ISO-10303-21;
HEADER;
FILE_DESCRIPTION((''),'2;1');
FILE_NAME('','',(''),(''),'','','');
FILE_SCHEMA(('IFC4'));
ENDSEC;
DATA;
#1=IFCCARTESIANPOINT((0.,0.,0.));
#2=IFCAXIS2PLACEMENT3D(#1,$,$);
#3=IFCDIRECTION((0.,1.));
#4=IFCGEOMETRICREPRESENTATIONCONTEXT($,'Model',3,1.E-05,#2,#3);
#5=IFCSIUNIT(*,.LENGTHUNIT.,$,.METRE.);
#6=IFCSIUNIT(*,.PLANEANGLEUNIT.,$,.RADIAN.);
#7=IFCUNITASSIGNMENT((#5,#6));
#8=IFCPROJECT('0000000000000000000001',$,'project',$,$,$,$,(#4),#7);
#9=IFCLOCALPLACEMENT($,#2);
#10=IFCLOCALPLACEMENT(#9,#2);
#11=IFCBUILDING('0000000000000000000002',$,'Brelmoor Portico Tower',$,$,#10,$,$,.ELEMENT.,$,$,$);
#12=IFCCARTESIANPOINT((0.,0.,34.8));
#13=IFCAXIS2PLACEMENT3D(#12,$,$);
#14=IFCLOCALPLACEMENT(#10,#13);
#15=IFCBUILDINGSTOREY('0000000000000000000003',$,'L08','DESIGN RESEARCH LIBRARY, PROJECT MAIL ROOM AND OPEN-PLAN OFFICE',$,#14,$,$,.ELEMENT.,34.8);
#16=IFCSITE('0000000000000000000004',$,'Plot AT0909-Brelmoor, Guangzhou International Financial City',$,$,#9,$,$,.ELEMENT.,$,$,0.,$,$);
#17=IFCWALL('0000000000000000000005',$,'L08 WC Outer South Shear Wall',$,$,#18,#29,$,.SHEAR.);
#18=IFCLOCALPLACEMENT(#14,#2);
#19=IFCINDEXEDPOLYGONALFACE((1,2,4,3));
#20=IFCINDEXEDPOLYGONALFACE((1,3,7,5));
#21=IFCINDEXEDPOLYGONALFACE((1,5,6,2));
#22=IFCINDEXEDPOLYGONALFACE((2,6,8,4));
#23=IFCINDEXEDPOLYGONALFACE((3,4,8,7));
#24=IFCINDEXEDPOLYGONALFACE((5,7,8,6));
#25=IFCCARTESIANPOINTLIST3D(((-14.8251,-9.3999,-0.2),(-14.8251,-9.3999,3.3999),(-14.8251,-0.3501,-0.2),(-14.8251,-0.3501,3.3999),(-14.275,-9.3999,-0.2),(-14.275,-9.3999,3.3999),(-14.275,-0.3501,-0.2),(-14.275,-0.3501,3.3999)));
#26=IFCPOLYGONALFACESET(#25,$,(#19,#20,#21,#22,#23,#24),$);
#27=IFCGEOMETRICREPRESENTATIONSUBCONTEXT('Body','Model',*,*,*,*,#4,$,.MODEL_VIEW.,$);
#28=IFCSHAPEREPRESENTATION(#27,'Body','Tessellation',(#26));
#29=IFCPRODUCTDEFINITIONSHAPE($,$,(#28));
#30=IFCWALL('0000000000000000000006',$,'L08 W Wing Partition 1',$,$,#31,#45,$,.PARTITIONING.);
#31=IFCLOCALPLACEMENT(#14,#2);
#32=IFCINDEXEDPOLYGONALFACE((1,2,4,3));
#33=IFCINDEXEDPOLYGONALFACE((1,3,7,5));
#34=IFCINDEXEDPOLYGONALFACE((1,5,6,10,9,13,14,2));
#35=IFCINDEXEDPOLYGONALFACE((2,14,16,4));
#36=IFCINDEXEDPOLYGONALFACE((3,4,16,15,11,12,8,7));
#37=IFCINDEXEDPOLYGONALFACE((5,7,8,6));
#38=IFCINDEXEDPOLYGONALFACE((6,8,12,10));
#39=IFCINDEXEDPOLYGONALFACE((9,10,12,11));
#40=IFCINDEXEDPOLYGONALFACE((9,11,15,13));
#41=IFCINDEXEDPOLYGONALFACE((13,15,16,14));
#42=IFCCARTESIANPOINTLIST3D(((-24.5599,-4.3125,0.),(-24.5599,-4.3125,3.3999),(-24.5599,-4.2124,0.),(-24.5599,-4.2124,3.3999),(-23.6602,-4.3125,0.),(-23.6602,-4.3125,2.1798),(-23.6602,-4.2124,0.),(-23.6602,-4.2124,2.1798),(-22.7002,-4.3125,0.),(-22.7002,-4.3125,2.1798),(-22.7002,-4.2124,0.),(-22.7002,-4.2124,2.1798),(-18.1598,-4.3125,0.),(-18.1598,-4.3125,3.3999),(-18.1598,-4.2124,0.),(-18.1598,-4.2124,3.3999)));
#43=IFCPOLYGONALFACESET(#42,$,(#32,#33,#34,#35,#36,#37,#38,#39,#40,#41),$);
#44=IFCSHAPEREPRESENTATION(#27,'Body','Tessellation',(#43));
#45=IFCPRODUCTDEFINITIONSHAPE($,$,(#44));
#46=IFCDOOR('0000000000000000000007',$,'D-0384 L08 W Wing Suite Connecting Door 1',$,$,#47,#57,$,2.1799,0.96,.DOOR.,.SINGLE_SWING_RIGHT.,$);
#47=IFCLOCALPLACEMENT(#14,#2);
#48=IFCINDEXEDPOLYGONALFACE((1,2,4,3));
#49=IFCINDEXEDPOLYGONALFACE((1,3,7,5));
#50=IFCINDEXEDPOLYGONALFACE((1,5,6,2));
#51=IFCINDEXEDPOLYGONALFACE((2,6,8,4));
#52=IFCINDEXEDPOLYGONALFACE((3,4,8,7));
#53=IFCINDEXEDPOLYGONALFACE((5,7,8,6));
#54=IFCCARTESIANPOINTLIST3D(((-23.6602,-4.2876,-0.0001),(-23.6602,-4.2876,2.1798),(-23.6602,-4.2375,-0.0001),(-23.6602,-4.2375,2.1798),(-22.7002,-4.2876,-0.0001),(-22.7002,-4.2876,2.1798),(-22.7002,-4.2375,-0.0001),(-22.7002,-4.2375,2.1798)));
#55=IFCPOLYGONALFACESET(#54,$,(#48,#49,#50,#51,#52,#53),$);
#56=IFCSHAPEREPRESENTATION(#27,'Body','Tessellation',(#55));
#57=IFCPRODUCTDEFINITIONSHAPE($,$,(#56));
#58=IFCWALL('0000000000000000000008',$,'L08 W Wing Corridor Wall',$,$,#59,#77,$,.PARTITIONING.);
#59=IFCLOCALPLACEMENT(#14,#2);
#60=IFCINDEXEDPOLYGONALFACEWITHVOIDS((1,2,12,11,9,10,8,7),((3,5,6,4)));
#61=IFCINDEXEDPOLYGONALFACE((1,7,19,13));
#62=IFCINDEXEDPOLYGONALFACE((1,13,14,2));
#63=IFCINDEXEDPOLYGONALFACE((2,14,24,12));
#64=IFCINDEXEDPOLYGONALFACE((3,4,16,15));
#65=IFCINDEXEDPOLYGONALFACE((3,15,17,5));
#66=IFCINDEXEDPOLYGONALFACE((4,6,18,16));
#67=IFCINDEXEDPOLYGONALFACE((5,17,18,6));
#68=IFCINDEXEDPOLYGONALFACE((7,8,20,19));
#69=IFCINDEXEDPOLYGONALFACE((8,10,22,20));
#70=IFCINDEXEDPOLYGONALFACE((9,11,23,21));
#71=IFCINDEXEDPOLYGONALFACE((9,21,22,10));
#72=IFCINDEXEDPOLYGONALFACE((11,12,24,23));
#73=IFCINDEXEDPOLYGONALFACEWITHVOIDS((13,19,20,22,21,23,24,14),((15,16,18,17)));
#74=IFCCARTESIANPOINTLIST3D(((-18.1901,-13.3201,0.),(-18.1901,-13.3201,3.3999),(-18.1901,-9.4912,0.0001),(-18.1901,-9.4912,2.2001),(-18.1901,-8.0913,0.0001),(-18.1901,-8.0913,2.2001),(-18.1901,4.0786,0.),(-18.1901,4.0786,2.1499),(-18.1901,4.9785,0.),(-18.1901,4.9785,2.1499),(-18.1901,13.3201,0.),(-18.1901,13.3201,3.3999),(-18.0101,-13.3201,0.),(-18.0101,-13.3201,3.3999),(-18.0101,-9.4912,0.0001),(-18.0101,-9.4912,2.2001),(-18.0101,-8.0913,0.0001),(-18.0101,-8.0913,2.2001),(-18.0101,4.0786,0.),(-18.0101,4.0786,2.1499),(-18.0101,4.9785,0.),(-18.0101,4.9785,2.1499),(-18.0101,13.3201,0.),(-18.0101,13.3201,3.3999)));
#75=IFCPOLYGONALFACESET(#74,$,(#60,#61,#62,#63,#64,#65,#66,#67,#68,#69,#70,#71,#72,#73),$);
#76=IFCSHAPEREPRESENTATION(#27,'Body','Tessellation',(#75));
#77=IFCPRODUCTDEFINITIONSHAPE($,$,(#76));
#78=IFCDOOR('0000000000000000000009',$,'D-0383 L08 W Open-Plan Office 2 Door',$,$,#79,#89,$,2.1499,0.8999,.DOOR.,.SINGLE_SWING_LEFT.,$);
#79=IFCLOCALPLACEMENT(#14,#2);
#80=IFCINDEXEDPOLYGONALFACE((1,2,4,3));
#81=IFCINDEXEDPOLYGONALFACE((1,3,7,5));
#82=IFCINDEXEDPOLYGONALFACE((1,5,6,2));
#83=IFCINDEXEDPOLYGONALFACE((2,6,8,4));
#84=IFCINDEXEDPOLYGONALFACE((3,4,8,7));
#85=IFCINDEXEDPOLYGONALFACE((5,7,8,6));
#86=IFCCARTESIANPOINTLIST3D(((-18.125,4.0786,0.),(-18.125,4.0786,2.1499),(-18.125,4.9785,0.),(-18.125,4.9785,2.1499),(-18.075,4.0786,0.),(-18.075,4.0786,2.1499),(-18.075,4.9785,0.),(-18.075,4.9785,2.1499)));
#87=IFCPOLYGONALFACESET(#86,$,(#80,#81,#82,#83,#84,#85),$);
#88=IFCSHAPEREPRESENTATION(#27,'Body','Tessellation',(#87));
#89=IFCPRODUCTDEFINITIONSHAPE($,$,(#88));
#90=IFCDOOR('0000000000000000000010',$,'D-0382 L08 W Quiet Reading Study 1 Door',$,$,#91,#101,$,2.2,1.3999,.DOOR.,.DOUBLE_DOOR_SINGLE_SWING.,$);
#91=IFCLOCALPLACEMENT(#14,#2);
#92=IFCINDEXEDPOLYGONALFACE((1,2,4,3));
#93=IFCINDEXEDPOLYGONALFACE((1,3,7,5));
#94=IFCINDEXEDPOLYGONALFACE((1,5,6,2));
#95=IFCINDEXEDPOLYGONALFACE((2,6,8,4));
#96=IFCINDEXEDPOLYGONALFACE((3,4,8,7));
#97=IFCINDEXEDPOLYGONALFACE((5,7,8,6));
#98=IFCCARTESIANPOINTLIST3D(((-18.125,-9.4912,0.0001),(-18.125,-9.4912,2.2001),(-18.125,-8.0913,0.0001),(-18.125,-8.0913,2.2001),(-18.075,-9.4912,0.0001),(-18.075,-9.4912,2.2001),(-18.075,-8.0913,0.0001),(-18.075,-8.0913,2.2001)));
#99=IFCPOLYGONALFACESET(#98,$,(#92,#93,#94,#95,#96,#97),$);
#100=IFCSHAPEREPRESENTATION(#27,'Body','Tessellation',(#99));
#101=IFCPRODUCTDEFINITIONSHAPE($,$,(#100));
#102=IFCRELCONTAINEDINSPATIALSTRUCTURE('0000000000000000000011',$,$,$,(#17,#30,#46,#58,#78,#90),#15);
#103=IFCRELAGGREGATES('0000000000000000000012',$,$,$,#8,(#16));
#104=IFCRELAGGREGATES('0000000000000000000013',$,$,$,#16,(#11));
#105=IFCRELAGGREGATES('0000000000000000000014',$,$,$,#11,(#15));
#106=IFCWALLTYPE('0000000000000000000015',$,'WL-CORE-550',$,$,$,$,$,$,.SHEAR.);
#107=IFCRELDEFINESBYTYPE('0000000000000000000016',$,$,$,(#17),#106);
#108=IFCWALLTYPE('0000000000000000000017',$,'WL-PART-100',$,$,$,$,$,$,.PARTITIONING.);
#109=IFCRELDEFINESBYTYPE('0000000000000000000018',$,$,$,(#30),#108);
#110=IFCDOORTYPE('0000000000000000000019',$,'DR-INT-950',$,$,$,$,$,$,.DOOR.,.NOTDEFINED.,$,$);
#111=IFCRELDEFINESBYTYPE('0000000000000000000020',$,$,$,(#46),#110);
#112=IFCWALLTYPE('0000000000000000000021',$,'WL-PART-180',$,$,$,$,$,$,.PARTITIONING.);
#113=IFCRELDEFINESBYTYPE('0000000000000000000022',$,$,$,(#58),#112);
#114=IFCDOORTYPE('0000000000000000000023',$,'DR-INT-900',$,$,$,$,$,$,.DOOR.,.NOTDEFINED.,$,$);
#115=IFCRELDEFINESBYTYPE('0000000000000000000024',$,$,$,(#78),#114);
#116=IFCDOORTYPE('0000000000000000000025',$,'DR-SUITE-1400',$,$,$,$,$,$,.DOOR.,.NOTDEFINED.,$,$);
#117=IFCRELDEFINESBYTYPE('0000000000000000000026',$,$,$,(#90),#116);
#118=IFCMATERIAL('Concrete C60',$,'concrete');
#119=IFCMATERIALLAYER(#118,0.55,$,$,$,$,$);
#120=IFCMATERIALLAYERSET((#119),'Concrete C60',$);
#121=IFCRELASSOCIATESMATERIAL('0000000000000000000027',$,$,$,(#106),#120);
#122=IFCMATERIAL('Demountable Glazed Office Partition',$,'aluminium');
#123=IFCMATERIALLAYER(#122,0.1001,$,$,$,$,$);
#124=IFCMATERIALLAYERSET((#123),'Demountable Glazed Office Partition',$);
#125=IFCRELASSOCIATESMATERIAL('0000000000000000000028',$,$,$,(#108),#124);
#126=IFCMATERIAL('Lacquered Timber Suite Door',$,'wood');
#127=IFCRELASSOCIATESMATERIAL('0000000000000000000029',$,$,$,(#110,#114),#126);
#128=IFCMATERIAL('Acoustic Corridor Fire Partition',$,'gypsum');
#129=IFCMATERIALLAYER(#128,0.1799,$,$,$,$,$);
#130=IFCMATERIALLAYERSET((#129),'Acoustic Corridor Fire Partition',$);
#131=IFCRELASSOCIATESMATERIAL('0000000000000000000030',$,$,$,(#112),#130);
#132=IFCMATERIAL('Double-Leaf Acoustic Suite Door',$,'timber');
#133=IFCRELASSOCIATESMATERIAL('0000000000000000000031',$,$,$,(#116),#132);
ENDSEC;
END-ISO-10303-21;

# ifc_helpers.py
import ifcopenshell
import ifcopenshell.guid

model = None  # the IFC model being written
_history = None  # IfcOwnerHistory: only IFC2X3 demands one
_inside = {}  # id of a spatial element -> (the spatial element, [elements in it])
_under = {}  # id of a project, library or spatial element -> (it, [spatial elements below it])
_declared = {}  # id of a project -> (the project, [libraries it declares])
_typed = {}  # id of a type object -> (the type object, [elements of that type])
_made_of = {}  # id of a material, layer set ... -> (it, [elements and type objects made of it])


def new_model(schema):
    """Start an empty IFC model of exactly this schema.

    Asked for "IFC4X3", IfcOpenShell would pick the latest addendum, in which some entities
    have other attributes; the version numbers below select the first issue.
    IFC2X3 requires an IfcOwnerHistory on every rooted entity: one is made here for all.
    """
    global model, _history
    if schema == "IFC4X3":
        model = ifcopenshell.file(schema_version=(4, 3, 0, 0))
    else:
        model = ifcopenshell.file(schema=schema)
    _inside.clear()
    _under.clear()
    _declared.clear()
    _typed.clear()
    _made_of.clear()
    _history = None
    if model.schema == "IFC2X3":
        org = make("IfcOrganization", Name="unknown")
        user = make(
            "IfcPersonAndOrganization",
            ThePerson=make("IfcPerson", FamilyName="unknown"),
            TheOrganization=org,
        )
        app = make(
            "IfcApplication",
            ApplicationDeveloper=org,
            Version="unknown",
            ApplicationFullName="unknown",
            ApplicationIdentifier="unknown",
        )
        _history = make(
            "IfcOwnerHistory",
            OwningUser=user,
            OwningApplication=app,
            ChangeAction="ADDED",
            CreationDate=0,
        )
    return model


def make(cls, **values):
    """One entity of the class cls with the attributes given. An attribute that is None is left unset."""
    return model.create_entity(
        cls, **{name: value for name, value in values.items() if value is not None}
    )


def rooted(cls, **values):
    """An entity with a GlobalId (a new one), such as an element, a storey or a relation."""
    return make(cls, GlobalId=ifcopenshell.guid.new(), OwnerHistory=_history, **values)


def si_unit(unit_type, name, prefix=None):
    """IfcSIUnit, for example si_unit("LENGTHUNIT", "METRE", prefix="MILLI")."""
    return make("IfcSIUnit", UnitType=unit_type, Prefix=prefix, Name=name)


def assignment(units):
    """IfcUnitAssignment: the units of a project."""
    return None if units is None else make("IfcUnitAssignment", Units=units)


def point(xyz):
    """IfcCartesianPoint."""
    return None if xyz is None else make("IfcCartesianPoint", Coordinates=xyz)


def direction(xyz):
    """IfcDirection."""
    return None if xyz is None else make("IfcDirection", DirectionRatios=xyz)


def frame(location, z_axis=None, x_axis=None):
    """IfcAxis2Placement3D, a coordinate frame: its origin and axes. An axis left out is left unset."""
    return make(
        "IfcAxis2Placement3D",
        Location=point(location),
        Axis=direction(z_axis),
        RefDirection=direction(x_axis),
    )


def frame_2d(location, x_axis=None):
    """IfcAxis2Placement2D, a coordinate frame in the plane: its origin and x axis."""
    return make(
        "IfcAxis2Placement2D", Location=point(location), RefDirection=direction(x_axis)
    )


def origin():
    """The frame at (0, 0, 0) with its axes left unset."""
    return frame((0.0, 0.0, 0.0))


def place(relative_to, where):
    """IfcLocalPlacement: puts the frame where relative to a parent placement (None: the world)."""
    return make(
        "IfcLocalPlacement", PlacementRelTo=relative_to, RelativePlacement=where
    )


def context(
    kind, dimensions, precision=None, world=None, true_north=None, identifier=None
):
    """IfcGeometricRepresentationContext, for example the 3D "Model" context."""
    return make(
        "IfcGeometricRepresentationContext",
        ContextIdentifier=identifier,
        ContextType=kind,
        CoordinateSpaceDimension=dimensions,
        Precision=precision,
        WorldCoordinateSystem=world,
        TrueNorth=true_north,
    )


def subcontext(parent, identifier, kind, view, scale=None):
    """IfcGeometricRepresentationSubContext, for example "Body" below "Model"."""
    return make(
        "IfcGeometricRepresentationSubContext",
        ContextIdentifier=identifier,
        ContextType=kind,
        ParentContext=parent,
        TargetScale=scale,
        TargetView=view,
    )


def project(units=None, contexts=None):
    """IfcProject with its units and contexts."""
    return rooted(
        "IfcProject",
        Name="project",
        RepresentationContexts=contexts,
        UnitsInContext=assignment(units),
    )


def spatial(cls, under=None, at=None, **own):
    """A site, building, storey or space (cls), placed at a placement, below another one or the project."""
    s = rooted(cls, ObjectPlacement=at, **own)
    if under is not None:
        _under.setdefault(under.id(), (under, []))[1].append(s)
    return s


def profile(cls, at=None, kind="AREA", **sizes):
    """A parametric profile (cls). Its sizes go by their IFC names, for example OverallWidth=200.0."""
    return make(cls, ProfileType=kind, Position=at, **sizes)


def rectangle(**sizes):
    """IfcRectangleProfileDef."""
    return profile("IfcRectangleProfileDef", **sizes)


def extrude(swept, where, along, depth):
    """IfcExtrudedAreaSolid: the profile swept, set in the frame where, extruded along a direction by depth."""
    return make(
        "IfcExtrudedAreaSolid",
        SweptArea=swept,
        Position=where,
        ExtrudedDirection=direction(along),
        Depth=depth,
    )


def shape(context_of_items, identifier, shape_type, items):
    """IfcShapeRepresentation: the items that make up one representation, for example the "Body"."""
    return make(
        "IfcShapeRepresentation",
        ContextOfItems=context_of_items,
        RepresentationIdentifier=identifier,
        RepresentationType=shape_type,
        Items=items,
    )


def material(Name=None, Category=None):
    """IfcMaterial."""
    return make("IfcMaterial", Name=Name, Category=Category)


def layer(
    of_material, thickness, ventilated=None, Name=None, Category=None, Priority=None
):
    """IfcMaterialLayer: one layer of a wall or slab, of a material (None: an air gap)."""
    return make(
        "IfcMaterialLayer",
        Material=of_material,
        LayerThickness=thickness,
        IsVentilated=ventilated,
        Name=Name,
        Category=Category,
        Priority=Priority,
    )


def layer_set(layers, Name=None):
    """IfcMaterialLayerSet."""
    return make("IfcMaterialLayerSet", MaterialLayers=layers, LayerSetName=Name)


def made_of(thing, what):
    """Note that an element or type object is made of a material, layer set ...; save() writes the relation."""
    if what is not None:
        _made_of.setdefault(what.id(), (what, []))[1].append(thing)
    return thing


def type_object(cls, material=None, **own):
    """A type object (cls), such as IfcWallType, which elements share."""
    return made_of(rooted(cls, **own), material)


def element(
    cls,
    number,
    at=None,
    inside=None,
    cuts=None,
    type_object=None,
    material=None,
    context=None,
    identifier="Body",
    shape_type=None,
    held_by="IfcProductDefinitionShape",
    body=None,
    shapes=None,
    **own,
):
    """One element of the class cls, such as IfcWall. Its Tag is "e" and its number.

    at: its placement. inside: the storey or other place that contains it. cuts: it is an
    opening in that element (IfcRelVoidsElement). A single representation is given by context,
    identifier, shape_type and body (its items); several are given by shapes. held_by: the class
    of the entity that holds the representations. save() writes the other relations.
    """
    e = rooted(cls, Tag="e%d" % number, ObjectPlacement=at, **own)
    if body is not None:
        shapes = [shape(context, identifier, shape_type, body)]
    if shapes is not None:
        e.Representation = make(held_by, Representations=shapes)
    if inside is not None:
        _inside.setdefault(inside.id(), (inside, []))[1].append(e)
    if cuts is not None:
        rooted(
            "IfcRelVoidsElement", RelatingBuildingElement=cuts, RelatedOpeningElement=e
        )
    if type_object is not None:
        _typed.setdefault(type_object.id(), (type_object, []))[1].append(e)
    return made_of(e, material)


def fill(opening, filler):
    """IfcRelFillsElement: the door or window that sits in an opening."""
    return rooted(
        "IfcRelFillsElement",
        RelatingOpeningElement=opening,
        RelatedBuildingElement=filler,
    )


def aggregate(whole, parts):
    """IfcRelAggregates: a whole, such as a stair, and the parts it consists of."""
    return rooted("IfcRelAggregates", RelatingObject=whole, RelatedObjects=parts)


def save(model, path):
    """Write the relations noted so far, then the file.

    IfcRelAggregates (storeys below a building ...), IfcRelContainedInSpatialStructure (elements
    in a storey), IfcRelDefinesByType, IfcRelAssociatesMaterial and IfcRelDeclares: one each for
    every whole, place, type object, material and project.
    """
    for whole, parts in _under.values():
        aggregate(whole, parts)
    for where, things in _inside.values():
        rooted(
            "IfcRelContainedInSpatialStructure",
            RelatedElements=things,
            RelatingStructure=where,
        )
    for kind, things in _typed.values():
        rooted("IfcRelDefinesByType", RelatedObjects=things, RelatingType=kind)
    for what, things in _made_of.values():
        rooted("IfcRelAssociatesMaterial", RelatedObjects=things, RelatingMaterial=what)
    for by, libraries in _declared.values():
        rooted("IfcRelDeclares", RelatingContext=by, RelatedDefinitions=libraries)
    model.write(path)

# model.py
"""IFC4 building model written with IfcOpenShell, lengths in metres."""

from ifc_helpers import new_model, si_unit, direction, frame, frame_2d, origin, place, context, subcontext, project, spatial, rectangle, extrude, material, layer, layer_set, type_object, element, fill, save


model = new_model("IFC4")

# Units and contexts
model_context = context("Model", 3, precision=1e-05, world=origin(), true_north=direction((0.0, 1.0)))
body_context = subcontext(model_context, "Body", "Model", "MODEL_VIEW")
ifc_project = project(units=[si_unit("LENGTHUNIT", "METRE"), si_unit("PLANEANGLEUNIT", "RADIAN")], contexts=[model_context])

# Site, building, storey
site_placement = place(None, origin())
site = spatial("IfcSite", under=ifc_project, at=site_placement, Name="Plot AT0909-Brelmoor, Guangzhou International Financial City", CompositionType="ELEMENT", RefElevation=0.0)
building_placement = place(site_placement, origin())
building = spatial("IfcBuilding", under=site, at=building_placement, Name="Brelmoor Portico Tower", CompositionType="ELEMENT")
storey_placement = place(building_placement, frame((0.0, 0.0, 34.8)))
storey = spatial("IfcBuildingStorey", under=building, at=storey_placement, Name="L08", Description="DESIGN RESEARCH LIBRARY, PROJECT MAIL ROOM AND OPEN-PLAN OFFICE", CompositionType="ELEMENT", Elevation=34.8)

# Wall
ifc_material_1 = material(Name="Concrete C60", Category="concrete")
ifc_layer_1 = layer(ifc_material_1, 0.55)
ifc_layer_set_1 = layer_set([ifc_layer_1], Name="Concrete C60")
wall_type_1 = type_object("IfcWallType", Name="WL-CORE-550", PredefinedType="SHEAR", material=ifc_layer_set_1)
wall_1_placement = place(storey_placement, frame((-14.55, -9.3999, -0.2), z_axis=(0.0, 0.0, 1.0), x_axis=(0.0, 1.0, 0.0)))
element("IfcWall", 1, at=wall_1_placement, inside=storey, type_object=wall_type_1, Name="L08 WC Outer South Shear Wall", PredefinedType="SHEAR", context=body_context, shape_type="SweptSolid", body=[
    extrude(rectangle(XDim=9.0498, YDim=0.55, at=frame_2d((4.5249, 0.0))), origin(), (0.0, 0.0, 1.0), 3.5999),
])

# Wall, opening, door
ifc_material_2 = material(Name="Demountable Glazed Office Partition", Category="aluminium")
ifc_layer_2 = layer(ifc_material_2, 0.1001)
ifc_layer_set_2 = layer_set([ifc_layer_2], Name="Demountable Glazed Office Partition")
wall_type_2 = type_object("IfcWallType", Name="WL-PART-100", PredefinedType="PARTITIONING", material=ifc_layer_set_2)
wall_2_placement = place(storey_placement, frame((-24.5601, -4.2625, 0.0), z_axis=(0.0, 0.0, 1.0), x_axis=(1.0, 0.0, 0.0)))
wall_2 = element("IfcWall", 2, at=wall_2_placement, inside=storey, type_object=wall_type_2, Name="L08 W Wing Partition 1", PredefinedType="PARTITIONING", context=body_context, shape_type="SweptSolid", body=[
    extrude(rectangle(XDim=6.4001, YDim=0.1001, at=frame_2d((3.2002, 0.0))), origin(), (0.0, 0.0, 1.0), 3.3999),
])
opening_1_placement = place(wall_2_placement, frame((0.8999, 0.0, 0.0)))
opening_1 = element("IfcOpeningElement", 3, at=opening_1_placement, cuts=wall_2, PredefinedType="OPENING", context=body_context, shape_type="SweptSolid", body=[
    extrude(rectangle(XDim=0.96, YDim=2.1799, at=frame_2d((0.48, 1.0898))), frame((0.0, 0.0601, 0.0), z_axis=(0.0, -1.0, 0.0), x_axis=(1.0, 0.0, 0.0)), (0.0, 0.0, 1.0), 0.1201),
])
ifc_material_3 = material(Name="Lacquered Timber Suite Door", Category="wood")
door_type_1 = type_object("IfcDoorType", Name="DR-INT-950", OperationType="NOTDEFINED", PredefinedType="DOOR", material=ifc_material_3)
door_1_placement = place(opening_1_placement, origin())
door_1 = element("IfcDoor", 4, at=door_1_placement, inside=storey, type_object=door_type_1, Name="D-0384 L08 W Wing Suite Connecting Door 1", OperationType="SINGLE_SWING_RIGHT", OverallHeight=2.1799, OverallWidth=0.96, PredefinedType="DOOR", context=body_context, shape_type="SweptSolid", body=[
    extrude(rectangle(XDim=0.96, YDim=2.1799, at=frame_2d((0.48, 1.0898))), frame((0.0, 0.0249, 0.0), z_axis=(0.0, -1.0, 0.0), x_axis=(1.0, 0.0, 0.0)), (0.0, 0.0, 1.0), 0.05),
])
fill(opening_1, door_1)

# Wall, openings, doors
ifc_material_4 = material(Name="Acoustic Corridor Fire Partition", Category="gypsum")
ifc_layer_3 = layer(ifc_material_4, 0.1799)
ifc_layer_set_3 = layer_set([ifc_layer_3], Name="Acoustic Corridor Fire Partition")
wall_type_3 = type_object("IfcWallType", Name="WL-PART-180", PredefinedType="PARTITIONING", material=ifc_layer_set_3)
wall_3_placement = place(storey_placement, frame((-18.1001, -13.3201, 0.0), z_axis=(0.0, 0.0, 1.0), x_axis=(0.0, 1.0, 0.0)))
wall_3 = element("IfcWall", 5, at=wall_3_placement, inside=storey, type_object=wall_type_3, Name="L08 W Wing Corridor Wall", PredefinedType="PARTITIONING", context=body_context, shape_type="SweptSolid", body=[
    extrude(rectangle(XDim=26.6401, YDim=0.1799, at=frame_2d((13.3201, 0.0))), origin(), (0.0, 0.0, 1.0), 3.3999),
])
opening_2_placement = place(wall_3_placement, frame((3.8289, 0.0, 0.0)))
opening_2 = element("IfcOpeningElement", 6, at=opening_2_placement, cuts=wall_3, PredefinedType="OPENING", context=body_context, shape_type="SweptSolid", body=[
    extrude(rectangle(XDim=1.3999, YDim=2.2, at=frame_2d((0.7, 1.1001))), frame((0.0, 0.0999, 0.0), z_axis=(0.0, -1.0, 0.0), x_axis=(1.0, 0.0, 0.0)), (0.0, 0.0, 1.0), 0.2),
])
opening_3_placement = place(wall_3_placement, frame((17.3987, 0.0, 0.0)))
opening_3 = element("IfcOpeningElement", 7, at=opening_3_placement, cuts=wall_3, PredefinedType="OPENING", context=body_context, shape_type="SweptSolid", body=[
    extrude(rectangle(XDim=0.8999, YDim=2.1499, at=frame_2d((0.45, 1.075))), frame((0.0, 0.0999, 0.0), z_axis=(0.0, -1.0, 0.0), x_axis=(1.0, 0.0, 0.0)), (0.0, 0.0, 1.0), 0.2),
])
door_type_2 = type_object("IfcDoorType", Name="DR-INT-900", OperationType="NOTDEFINED", PredefinedType="DOOR", material=ifc_material_3)
door_2_placement = place(opening_3_placement, origin())
door_2 = element("IfcDoor", 8, at=door_2_placement, inside=storey, type_object=door_type_2, Name="D-0383 L08 W Open-Plan Office 2 Door", OperationType="SINGLE_SWING_LEFT", OverallHeight=2.1499, OverallWidth=0.8999, PredefinedType="DOOR", context=body_context, shape_type="SweptSolid", body=[
    extrude(rectangle(XDim=0.8999, YDim=2.1499, at=frame_2d((0.45, 1.075))), frame((0.0, 0.0249, 0.0), z_axis=(0.0, -1.0, 0.0), x_axis=(1.0, 0.0, 0.0)), (0.0, 0.0, 1.0), 0.05),
])
fill(opening_3, door_2)
ifc_material_5 = material(Name="Double-Leaf Acoustic Suite Door", Category="timber")
door_type_3 = type_object("IfcDoorType", Name="DR-SUITE-1400", OperationType="NOTDEFINED", PredefinedType="DOOR", material=ifc_material_5)
door_3_placement = place(opening_2_placement, origin())
door_3 = element("IfcDoor", 9, at=door_3_placement, inside=storey, type_object=door_type_3, Name="D-0382 L08 W Quiet Reading Study 1 Door", OperationType="DOUBLE_DOOR_SINGLE_SWING", OverallHeight=2.2, OverallWidth=1.3999, PredefinedType="DOOR", context=body_context, shape_type="SweptSolid", body=[
    extrude(rectangle(XDim=1.3999, YDim=2.2, at=frame_2d((0.7, 1.1001))), frame((0.0, 0.0249, 0.0), z_axis=(0.0, -1.0, 0.0), x_axis=(1.0, 0.0, 0.0)), (0.0, 0.0, 1.0), 0.05),
])
fill(opening_2, door_3)

save(model, "model.ifc")
